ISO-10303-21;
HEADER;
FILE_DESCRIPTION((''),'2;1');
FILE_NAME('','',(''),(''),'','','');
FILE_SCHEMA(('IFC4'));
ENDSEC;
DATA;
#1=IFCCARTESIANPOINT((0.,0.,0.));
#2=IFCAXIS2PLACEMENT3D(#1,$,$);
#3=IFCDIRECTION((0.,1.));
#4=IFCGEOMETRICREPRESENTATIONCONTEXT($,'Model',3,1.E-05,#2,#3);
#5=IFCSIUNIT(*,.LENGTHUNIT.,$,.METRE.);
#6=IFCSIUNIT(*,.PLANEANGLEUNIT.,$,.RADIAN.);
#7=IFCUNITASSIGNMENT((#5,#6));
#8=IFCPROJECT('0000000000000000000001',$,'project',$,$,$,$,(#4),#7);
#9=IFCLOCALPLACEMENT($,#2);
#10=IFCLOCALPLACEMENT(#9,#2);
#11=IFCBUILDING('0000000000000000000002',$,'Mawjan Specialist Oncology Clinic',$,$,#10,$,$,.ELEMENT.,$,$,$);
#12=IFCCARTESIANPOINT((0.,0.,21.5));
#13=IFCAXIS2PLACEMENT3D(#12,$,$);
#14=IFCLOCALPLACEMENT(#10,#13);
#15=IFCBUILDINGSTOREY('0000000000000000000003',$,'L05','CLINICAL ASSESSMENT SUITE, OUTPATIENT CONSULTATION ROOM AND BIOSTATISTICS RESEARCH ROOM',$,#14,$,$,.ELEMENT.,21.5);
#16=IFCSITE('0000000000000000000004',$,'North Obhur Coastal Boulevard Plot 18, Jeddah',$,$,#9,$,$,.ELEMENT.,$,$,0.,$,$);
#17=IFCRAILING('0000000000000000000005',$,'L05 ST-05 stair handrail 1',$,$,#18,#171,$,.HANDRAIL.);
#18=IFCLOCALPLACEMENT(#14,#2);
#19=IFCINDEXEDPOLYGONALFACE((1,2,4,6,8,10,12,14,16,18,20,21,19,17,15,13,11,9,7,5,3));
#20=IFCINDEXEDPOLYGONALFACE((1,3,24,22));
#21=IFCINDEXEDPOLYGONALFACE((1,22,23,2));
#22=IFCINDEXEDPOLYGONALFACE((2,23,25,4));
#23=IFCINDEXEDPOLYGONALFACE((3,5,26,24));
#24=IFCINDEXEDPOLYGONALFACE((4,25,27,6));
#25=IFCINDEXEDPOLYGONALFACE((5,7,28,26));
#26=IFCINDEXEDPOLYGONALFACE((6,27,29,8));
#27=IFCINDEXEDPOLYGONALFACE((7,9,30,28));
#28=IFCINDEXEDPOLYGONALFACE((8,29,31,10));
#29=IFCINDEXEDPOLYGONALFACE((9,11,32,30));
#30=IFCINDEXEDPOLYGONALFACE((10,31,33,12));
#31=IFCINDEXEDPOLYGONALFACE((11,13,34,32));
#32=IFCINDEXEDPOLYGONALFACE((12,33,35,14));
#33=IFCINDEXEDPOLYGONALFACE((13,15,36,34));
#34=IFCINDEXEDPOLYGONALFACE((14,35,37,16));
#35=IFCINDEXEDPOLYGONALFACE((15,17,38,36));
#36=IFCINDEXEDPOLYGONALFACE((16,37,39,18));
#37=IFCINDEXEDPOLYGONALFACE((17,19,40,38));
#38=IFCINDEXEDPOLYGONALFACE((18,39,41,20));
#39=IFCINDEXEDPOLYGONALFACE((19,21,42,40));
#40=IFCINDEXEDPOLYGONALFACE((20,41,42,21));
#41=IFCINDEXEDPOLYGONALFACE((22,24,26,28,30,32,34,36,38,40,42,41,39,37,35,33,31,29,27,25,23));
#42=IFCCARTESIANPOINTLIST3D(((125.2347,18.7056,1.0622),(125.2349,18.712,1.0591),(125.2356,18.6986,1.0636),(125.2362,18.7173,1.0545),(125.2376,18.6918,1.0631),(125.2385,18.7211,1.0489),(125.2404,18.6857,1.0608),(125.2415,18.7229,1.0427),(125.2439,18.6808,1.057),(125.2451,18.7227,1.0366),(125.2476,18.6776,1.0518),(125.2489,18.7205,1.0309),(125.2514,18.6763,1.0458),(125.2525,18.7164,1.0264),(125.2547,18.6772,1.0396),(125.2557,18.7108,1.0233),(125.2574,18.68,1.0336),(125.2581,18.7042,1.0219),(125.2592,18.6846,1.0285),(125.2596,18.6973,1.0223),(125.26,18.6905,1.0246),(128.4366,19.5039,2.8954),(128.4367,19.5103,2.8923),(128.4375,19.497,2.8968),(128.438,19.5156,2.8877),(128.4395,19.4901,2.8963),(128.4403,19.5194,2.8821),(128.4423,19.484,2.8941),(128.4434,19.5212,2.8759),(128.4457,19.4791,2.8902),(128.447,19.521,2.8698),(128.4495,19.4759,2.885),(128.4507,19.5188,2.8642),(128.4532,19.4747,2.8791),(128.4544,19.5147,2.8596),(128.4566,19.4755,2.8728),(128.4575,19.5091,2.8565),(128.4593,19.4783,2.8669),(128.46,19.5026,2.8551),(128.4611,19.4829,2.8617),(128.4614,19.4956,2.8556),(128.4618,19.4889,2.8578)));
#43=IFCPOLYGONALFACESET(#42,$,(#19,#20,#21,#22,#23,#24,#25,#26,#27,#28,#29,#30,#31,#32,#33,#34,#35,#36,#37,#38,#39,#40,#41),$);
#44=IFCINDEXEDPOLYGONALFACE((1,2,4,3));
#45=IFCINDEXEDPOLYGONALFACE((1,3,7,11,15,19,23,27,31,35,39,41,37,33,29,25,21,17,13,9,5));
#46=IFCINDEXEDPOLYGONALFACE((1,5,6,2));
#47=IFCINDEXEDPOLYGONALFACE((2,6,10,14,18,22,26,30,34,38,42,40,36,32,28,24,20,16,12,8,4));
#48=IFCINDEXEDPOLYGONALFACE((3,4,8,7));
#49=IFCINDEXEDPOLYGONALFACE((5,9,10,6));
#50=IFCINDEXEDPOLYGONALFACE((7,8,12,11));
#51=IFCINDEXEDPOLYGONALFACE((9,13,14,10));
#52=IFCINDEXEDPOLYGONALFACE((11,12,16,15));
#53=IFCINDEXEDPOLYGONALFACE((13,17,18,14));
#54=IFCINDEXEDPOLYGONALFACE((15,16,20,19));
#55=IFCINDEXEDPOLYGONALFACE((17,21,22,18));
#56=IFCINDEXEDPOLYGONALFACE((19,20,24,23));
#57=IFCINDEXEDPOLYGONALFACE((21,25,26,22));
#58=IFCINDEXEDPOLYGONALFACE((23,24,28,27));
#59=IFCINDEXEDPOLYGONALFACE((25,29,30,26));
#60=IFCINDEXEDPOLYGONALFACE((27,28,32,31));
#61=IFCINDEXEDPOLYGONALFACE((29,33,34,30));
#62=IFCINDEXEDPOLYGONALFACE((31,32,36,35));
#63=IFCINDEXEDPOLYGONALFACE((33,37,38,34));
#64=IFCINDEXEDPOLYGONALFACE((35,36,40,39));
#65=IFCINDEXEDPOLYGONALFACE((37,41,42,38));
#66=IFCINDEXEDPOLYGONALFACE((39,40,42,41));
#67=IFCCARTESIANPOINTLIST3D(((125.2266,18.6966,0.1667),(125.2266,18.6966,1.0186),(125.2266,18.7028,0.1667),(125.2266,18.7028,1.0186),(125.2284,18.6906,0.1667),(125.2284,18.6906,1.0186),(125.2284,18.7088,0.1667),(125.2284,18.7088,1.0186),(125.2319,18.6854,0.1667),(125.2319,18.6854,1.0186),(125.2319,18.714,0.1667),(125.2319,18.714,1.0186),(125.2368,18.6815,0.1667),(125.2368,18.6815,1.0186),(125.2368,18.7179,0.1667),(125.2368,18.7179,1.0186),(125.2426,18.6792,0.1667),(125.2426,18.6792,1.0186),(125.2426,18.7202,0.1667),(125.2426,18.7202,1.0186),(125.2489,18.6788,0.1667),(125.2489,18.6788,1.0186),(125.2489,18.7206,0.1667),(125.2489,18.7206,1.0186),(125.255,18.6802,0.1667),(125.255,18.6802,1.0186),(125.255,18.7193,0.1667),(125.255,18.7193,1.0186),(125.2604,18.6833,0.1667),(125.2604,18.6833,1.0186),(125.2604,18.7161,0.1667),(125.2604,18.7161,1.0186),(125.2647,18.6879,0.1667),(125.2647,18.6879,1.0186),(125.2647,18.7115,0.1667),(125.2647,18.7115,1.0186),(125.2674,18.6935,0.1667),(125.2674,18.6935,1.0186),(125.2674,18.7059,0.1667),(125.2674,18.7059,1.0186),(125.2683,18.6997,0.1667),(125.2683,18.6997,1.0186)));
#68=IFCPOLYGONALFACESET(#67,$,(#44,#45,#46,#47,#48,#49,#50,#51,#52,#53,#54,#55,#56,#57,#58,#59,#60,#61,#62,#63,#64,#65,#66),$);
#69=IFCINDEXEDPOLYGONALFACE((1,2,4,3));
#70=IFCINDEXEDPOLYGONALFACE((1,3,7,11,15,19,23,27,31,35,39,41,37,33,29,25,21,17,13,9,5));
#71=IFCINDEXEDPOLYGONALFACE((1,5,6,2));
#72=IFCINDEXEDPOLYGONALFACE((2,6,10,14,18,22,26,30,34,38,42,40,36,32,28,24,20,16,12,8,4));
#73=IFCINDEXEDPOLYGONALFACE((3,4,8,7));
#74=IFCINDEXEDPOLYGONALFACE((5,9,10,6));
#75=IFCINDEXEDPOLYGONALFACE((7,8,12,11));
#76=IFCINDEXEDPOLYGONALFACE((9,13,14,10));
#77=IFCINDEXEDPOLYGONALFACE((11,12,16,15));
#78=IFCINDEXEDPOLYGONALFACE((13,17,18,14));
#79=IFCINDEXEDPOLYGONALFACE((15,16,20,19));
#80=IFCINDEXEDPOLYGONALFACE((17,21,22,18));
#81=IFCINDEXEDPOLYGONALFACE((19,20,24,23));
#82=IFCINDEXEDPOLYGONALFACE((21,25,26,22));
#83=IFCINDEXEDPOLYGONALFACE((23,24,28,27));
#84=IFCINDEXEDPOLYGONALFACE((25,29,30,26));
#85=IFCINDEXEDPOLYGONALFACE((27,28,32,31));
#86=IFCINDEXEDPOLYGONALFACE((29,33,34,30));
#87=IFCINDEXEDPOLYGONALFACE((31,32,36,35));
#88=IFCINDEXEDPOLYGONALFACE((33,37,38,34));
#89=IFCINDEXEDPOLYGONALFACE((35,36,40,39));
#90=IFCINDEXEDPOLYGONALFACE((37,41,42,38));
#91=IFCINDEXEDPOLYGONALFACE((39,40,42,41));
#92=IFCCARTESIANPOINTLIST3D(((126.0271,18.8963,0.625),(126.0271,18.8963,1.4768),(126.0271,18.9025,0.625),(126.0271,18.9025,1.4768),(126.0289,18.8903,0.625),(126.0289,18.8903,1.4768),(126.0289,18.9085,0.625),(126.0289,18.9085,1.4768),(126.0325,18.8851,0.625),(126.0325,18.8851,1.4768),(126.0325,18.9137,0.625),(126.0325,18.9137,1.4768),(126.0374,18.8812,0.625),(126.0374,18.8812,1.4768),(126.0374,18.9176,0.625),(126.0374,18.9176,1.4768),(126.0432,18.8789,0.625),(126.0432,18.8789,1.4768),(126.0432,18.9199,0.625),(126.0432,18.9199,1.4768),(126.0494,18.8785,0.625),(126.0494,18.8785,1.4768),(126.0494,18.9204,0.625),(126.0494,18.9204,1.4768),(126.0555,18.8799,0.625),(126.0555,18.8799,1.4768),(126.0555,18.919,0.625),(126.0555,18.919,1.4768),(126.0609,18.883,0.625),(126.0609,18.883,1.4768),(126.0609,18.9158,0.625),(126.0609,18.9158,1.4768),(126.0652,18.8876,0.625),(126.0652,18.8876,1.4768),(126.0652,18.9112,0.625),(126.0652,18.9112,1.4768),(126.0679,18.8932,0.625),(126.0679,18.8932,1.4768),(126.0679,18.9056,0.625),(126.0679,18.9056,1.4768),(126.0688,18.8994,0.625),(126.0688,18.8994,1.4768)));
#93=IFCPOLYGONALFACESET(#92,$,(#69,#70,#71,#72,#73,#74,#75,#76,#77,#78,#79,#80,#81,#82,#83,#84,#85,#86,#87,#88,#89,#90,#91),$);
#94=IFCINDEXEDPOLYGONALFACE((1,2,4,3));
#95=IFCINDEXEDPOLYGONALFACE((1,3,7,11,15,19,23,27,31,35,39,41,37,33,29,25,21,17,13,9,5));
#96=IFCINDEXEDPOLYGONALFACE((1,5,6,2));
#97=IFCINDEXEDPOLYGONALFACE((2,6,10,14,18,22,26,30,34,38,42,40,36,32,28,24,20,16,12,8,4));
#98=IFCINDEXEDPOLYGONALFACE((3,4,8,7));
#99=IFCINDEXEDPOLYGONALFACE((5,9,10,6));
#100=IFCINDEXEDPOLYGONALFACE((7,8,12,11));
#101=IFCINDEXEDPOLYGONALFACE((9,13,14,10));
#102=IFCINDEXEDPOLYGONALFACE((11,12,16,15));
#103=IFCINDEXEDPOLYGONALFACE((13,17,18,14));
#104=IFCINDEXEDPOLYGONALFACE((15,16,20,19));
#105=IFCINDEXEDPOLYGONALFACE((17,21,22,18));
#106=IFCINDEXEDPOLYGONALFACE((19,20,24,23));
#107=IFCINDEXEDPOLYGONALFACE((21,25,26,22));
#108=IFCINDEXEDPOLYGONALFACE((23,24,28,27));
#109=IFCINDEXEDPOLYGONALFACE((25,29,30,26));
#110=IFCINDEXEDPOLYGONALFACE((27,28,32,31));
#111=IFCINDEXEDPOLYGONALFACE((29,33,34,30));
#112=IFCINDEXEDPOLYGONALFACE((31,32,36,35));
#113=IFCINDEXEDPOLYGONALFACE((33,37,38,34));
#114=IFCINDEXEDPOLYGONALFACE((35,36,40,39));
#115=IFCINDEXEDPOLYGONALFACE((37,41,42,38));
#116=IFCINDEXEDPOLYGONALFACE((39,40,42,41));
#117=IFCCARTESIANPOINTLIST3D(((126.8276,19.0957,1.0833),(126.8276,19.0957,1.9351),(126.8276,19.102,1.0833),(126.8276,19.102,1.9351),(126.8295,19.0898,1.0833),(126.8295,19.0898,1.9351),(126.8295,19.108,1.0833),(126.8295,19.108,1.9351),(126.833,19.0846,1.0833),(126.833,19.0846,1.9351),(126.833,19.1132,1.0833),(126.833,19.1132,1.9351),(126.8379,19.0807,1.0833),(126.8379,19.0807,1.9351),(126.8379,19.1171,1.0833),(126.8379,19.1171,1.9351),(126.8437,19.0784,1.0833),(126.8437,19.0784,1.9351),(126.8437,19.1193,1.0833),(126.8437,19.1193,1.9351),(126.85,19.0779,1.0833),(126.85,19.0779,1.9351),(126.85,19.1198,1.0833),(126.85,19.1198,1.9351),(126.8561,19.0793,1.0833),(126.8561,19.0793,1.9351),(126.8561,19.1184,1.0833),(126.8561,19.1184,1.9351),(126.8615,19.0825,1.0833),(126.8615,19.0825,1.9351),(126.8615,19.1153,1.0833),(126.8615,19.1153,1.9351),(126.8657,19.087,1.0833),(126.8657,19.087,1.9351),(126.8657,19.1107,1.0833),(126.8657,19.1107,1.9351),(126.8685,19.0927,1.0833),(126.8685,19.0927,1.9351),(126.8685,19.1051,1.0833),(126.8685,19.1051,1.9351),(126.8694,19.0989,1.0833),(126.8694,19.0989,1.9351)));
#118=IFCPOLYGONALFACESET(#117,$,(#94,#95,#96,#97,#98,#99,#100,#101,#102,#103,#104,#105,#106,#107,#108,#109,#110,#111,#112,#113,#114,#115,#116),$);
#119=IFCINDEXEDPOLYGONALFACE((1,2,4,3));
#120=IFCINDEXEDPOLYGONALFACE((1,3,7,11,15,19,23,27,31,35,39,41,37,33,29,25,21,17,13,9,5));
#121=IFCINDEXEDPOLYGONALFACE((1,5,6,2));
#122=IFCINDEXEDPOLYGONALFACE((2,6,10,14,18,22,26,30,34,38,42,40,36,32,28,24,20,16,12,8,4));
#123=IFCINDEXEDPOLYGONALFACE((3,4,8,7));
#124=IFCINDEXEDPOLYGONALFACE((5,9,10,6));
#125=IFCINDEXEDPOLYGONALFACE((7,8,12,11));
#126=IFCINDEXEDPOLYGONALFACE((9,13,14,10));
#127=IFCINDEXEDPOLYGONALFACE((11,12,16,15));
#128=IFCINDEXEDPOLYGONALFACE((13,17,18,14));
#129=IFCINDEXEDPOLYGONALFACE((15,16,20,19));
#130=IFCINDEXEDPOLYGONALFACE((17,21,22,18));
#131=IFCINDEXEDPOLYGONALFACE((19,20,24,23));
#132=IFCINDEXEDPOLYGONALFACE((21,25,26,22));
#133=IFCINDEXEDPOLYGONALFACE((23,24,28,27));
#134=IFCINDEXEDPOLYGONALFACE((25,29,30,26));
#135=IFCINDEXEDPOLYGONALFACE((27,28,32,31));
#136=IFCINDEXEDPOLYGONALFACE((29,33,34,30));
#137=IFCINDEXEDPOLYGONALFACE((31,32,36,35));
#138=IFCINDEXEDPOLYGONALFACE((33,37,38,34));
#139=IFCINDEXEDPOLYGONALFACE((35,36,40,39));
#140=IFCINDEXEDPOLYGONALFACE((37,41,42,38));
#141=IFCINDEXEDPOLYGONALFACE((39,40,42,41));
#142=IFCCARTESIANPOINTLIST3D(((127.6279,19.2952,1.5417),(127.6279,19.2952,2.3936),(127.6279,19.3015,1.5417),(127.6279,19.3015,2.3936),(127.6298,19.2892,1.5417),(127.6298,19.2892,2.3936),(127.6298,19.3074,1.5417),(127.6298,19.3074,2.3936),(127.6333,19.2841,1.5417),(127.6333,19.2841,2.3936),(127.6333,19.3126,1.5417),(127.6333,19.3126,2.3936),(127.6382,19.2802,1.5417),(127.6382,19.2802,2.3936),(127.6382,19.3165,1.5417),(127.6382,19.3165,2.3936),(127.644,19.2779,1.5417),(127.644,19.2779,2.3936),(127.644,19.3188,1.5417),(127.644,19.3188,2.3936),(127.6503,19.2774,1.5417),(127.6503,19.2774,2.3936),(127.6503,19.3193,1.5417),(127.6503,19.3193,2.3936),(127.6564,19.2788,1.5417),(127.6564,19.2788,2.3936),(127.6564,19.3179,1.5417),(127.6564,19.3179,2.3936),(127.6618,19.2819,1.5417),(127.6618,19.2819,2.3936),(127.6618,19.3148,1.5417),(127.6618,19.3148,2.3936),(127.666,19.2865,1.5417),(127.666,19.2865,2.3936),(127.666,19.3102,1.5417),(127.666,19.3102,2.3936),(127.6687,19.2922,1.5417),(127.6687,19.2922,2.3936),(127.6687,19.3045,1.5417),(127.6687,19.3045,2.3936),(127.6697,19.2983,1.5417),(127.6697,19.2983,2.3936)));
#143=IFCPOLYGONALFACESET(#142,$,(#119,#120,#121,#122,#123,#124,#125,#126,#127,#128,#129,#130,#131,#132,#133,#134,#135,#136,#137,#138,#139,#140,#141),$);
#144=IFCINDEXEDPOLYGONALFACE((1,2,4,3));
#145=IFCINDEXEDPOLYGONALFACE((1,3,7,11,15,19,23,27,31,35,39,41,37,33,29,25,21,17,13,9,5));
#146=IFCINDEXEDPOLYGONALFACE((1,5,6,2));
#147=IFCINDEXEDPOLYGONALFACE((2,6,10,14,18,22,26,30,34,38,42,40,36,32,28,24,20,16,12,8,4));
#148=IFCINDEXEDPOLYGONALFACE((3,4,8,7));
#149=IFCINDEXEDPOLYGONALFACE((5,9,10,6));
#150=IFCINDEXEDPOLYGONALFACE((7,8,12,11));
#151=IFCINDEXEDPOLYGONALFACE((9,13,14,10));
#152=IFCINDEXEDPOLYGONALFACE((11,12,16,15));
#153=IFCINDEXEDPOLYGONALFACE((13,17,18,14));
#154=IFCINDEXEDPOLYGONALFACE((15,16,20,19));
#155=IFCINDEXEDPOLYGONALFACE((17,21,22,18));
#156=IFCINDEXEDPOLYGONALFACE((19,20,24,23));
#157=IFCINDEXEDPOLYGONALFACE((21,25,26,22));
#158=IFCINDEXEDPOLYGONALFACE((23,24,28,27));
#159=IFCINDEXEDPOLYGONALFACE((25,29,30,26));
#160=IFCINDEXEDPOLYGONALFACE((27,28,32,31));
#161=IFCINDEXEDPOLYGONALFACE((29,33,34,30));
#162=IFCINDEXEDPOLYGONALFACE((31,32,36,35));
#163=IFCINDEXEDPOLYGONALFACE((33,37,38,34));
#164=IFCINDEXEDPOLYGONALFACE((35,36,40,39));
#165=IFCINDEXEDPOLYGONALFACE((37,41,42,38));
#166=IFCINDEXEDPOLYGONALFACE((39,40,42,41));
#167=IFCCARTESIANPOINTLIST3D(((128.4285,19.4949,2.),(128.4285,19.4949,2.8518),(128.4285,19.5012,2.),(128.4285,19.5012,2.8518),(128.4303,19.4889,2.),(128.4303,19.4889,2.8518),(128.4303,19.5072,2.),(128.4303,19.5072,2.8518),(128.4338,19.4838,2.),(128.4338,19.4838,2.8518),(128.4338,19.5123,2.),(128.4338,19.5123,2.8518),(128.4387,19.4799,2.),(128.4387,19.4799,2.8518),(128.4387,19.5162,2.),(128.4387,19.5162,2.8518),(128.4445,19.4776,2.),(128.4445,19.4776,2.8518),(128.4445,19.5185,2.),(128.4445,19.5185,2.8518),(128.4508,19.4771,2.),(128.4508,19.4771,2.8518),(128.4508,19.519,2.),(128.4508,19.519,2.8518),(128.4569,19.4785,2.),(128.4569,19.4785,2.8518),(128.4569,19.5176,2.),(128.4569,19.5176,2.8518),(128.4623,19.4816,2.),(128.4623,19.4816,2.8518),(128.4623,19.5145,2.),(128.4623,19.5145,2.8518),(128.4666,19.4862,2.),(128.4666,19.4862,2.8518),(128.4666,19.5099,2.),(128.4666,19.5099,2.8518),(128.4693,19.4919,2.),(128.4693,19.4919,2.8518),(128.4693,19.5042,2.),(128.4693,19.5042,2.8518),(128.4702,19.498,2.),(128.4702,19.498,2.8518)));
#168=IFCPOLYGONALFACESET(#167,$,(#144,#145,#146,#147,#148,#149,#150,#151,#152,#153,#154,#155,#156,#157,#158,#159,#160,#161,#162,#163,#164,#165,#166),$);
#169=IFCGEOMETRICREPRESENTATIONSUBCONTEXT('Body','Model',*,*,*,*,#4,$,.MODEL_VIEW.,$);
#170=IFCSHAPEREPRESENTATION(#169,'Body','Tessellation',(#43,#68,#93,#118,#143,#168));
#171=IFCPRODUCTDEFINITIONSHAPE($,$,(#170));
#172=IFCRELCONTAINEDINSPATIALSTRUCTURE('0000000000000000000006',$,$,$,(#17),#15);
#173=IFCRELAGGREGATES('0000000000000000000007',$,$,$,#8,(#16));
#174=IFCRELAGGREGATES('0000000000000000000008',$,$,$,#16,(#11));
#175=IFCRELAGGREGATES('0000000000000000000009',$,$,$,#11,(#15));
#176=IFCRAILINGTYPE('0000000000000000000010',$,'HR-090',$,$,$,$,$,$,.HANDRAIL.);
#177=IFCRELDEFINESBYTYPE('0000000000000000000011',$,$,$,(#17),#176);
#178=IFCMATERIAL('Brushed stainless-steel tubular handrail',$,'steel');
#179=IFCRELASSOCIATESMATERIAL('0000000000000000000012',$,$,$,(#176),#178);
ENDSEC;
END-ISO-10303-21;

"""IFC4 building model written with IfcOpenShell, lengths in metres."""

from ifc_helpers import new_model, si_unit, direction, frame, origin, origin_2d, place, context, subcontext, project, spatial, circle, extrude, material, type_object, element, save


model = new_model("IFC4")

# Units and contexts
model_context = context("Model", 3, precision=1e-05, world=origin(), true_north=direction((0.0, 1.0)))
body_context = subcontext(model_context, "Body", "Model", "MODEL_VIEW")
ifc_project = project(units=[si_unit("LENGTHUNIT", "METRE"), si_unit("PLANEANGLEUNIT", "RADIAN")], contexts=[model_context])

# Site, building, storey
site_placement = place(None, origin())
site = spatial("IfcSite", under=ifc_project, at=site_placement, Name="North Obhur Coastal Boulevard Plot 18, Jeddah", CompositionType="ELEMENT", RefElevation=0.0)
building_placement = place(site_placement, origin())
building = spatial("IfcBuilding", under=site, at=building_placement, Name="Mawjan Specialist Oncology Clinic", CompositionType="ELEMENT")
storey_placement = place(building_placement, frame((0.0, 0.0, 21.5)))
storey = spatial("IfcBuildingStorey", under=building, at=storey_placement, Name="L05", Description="CLINICAL ASSESSMENT SUITE, OUTPATIENT CONSULTATION ROOM AND BIOSTATISTICS RESEARCH ROOM", CompositionType="ELEMENT", Elevation=21.5)

# Railing
ifc_material_1 = material(Name="Brushed stainless-steel tubular handrail", Category="steel")
railing_type_1 = type_object("IfcRailingType", Name="HR-090", PredefinedType="HANDRAIL", material=ifc_material_1)
railing_1_placement = place(storey_placement, frame((125.2473, 18.6997, 0.1667)))
element("IfcRailing", 1, at=railing_1_placement, inside=storey, type_object=railing_type_1, Name="L05 ST-05 stair handrail 1", PredefinedType="HANDRAIL", context=body_context, shape_type="SweptSolid", body=[
    extrude(circle(Radius=0.0239, at=origin_2d()), frame((0.0, 0.0, 0.876), z_axis=(0.848195, 0.211483, 0.485634), x_axis=(-0.241926, 0.970295, 0.0)), (0.0, 0.0, 1.0), 3.7749),
    extrude(circle(Radius=0.021, at=origin_2d()), origin(), (0.0, 0.0, 1.0), 0.8518),
    extrude(circle(Radius=0.021, at=origin_2d()), frame((0.8005, 0.1997, 0.4583)), (0.0, 0.0, 1.0), 0.8518),
    extrude(circle(Radius=0.021, at=origin_2d()), frame((1.6011, 0.3992, 0.9165)), (0.0, 0.0, 1.0), 0.8518),
    extrude(circle(Radius=0.021, at=origin_2d()), frame((2.4014, 0.5986, 1.375)), (0.0, 0.0, 1.0), 0.8518),
    extrude(circle(Radius=0.021, at=origin_2d()), frame((3.2019, 0.7983, 1.8333)), (0.0, 0.0, 1.0), 0.8518),
])

save(model, "model.ifc")
